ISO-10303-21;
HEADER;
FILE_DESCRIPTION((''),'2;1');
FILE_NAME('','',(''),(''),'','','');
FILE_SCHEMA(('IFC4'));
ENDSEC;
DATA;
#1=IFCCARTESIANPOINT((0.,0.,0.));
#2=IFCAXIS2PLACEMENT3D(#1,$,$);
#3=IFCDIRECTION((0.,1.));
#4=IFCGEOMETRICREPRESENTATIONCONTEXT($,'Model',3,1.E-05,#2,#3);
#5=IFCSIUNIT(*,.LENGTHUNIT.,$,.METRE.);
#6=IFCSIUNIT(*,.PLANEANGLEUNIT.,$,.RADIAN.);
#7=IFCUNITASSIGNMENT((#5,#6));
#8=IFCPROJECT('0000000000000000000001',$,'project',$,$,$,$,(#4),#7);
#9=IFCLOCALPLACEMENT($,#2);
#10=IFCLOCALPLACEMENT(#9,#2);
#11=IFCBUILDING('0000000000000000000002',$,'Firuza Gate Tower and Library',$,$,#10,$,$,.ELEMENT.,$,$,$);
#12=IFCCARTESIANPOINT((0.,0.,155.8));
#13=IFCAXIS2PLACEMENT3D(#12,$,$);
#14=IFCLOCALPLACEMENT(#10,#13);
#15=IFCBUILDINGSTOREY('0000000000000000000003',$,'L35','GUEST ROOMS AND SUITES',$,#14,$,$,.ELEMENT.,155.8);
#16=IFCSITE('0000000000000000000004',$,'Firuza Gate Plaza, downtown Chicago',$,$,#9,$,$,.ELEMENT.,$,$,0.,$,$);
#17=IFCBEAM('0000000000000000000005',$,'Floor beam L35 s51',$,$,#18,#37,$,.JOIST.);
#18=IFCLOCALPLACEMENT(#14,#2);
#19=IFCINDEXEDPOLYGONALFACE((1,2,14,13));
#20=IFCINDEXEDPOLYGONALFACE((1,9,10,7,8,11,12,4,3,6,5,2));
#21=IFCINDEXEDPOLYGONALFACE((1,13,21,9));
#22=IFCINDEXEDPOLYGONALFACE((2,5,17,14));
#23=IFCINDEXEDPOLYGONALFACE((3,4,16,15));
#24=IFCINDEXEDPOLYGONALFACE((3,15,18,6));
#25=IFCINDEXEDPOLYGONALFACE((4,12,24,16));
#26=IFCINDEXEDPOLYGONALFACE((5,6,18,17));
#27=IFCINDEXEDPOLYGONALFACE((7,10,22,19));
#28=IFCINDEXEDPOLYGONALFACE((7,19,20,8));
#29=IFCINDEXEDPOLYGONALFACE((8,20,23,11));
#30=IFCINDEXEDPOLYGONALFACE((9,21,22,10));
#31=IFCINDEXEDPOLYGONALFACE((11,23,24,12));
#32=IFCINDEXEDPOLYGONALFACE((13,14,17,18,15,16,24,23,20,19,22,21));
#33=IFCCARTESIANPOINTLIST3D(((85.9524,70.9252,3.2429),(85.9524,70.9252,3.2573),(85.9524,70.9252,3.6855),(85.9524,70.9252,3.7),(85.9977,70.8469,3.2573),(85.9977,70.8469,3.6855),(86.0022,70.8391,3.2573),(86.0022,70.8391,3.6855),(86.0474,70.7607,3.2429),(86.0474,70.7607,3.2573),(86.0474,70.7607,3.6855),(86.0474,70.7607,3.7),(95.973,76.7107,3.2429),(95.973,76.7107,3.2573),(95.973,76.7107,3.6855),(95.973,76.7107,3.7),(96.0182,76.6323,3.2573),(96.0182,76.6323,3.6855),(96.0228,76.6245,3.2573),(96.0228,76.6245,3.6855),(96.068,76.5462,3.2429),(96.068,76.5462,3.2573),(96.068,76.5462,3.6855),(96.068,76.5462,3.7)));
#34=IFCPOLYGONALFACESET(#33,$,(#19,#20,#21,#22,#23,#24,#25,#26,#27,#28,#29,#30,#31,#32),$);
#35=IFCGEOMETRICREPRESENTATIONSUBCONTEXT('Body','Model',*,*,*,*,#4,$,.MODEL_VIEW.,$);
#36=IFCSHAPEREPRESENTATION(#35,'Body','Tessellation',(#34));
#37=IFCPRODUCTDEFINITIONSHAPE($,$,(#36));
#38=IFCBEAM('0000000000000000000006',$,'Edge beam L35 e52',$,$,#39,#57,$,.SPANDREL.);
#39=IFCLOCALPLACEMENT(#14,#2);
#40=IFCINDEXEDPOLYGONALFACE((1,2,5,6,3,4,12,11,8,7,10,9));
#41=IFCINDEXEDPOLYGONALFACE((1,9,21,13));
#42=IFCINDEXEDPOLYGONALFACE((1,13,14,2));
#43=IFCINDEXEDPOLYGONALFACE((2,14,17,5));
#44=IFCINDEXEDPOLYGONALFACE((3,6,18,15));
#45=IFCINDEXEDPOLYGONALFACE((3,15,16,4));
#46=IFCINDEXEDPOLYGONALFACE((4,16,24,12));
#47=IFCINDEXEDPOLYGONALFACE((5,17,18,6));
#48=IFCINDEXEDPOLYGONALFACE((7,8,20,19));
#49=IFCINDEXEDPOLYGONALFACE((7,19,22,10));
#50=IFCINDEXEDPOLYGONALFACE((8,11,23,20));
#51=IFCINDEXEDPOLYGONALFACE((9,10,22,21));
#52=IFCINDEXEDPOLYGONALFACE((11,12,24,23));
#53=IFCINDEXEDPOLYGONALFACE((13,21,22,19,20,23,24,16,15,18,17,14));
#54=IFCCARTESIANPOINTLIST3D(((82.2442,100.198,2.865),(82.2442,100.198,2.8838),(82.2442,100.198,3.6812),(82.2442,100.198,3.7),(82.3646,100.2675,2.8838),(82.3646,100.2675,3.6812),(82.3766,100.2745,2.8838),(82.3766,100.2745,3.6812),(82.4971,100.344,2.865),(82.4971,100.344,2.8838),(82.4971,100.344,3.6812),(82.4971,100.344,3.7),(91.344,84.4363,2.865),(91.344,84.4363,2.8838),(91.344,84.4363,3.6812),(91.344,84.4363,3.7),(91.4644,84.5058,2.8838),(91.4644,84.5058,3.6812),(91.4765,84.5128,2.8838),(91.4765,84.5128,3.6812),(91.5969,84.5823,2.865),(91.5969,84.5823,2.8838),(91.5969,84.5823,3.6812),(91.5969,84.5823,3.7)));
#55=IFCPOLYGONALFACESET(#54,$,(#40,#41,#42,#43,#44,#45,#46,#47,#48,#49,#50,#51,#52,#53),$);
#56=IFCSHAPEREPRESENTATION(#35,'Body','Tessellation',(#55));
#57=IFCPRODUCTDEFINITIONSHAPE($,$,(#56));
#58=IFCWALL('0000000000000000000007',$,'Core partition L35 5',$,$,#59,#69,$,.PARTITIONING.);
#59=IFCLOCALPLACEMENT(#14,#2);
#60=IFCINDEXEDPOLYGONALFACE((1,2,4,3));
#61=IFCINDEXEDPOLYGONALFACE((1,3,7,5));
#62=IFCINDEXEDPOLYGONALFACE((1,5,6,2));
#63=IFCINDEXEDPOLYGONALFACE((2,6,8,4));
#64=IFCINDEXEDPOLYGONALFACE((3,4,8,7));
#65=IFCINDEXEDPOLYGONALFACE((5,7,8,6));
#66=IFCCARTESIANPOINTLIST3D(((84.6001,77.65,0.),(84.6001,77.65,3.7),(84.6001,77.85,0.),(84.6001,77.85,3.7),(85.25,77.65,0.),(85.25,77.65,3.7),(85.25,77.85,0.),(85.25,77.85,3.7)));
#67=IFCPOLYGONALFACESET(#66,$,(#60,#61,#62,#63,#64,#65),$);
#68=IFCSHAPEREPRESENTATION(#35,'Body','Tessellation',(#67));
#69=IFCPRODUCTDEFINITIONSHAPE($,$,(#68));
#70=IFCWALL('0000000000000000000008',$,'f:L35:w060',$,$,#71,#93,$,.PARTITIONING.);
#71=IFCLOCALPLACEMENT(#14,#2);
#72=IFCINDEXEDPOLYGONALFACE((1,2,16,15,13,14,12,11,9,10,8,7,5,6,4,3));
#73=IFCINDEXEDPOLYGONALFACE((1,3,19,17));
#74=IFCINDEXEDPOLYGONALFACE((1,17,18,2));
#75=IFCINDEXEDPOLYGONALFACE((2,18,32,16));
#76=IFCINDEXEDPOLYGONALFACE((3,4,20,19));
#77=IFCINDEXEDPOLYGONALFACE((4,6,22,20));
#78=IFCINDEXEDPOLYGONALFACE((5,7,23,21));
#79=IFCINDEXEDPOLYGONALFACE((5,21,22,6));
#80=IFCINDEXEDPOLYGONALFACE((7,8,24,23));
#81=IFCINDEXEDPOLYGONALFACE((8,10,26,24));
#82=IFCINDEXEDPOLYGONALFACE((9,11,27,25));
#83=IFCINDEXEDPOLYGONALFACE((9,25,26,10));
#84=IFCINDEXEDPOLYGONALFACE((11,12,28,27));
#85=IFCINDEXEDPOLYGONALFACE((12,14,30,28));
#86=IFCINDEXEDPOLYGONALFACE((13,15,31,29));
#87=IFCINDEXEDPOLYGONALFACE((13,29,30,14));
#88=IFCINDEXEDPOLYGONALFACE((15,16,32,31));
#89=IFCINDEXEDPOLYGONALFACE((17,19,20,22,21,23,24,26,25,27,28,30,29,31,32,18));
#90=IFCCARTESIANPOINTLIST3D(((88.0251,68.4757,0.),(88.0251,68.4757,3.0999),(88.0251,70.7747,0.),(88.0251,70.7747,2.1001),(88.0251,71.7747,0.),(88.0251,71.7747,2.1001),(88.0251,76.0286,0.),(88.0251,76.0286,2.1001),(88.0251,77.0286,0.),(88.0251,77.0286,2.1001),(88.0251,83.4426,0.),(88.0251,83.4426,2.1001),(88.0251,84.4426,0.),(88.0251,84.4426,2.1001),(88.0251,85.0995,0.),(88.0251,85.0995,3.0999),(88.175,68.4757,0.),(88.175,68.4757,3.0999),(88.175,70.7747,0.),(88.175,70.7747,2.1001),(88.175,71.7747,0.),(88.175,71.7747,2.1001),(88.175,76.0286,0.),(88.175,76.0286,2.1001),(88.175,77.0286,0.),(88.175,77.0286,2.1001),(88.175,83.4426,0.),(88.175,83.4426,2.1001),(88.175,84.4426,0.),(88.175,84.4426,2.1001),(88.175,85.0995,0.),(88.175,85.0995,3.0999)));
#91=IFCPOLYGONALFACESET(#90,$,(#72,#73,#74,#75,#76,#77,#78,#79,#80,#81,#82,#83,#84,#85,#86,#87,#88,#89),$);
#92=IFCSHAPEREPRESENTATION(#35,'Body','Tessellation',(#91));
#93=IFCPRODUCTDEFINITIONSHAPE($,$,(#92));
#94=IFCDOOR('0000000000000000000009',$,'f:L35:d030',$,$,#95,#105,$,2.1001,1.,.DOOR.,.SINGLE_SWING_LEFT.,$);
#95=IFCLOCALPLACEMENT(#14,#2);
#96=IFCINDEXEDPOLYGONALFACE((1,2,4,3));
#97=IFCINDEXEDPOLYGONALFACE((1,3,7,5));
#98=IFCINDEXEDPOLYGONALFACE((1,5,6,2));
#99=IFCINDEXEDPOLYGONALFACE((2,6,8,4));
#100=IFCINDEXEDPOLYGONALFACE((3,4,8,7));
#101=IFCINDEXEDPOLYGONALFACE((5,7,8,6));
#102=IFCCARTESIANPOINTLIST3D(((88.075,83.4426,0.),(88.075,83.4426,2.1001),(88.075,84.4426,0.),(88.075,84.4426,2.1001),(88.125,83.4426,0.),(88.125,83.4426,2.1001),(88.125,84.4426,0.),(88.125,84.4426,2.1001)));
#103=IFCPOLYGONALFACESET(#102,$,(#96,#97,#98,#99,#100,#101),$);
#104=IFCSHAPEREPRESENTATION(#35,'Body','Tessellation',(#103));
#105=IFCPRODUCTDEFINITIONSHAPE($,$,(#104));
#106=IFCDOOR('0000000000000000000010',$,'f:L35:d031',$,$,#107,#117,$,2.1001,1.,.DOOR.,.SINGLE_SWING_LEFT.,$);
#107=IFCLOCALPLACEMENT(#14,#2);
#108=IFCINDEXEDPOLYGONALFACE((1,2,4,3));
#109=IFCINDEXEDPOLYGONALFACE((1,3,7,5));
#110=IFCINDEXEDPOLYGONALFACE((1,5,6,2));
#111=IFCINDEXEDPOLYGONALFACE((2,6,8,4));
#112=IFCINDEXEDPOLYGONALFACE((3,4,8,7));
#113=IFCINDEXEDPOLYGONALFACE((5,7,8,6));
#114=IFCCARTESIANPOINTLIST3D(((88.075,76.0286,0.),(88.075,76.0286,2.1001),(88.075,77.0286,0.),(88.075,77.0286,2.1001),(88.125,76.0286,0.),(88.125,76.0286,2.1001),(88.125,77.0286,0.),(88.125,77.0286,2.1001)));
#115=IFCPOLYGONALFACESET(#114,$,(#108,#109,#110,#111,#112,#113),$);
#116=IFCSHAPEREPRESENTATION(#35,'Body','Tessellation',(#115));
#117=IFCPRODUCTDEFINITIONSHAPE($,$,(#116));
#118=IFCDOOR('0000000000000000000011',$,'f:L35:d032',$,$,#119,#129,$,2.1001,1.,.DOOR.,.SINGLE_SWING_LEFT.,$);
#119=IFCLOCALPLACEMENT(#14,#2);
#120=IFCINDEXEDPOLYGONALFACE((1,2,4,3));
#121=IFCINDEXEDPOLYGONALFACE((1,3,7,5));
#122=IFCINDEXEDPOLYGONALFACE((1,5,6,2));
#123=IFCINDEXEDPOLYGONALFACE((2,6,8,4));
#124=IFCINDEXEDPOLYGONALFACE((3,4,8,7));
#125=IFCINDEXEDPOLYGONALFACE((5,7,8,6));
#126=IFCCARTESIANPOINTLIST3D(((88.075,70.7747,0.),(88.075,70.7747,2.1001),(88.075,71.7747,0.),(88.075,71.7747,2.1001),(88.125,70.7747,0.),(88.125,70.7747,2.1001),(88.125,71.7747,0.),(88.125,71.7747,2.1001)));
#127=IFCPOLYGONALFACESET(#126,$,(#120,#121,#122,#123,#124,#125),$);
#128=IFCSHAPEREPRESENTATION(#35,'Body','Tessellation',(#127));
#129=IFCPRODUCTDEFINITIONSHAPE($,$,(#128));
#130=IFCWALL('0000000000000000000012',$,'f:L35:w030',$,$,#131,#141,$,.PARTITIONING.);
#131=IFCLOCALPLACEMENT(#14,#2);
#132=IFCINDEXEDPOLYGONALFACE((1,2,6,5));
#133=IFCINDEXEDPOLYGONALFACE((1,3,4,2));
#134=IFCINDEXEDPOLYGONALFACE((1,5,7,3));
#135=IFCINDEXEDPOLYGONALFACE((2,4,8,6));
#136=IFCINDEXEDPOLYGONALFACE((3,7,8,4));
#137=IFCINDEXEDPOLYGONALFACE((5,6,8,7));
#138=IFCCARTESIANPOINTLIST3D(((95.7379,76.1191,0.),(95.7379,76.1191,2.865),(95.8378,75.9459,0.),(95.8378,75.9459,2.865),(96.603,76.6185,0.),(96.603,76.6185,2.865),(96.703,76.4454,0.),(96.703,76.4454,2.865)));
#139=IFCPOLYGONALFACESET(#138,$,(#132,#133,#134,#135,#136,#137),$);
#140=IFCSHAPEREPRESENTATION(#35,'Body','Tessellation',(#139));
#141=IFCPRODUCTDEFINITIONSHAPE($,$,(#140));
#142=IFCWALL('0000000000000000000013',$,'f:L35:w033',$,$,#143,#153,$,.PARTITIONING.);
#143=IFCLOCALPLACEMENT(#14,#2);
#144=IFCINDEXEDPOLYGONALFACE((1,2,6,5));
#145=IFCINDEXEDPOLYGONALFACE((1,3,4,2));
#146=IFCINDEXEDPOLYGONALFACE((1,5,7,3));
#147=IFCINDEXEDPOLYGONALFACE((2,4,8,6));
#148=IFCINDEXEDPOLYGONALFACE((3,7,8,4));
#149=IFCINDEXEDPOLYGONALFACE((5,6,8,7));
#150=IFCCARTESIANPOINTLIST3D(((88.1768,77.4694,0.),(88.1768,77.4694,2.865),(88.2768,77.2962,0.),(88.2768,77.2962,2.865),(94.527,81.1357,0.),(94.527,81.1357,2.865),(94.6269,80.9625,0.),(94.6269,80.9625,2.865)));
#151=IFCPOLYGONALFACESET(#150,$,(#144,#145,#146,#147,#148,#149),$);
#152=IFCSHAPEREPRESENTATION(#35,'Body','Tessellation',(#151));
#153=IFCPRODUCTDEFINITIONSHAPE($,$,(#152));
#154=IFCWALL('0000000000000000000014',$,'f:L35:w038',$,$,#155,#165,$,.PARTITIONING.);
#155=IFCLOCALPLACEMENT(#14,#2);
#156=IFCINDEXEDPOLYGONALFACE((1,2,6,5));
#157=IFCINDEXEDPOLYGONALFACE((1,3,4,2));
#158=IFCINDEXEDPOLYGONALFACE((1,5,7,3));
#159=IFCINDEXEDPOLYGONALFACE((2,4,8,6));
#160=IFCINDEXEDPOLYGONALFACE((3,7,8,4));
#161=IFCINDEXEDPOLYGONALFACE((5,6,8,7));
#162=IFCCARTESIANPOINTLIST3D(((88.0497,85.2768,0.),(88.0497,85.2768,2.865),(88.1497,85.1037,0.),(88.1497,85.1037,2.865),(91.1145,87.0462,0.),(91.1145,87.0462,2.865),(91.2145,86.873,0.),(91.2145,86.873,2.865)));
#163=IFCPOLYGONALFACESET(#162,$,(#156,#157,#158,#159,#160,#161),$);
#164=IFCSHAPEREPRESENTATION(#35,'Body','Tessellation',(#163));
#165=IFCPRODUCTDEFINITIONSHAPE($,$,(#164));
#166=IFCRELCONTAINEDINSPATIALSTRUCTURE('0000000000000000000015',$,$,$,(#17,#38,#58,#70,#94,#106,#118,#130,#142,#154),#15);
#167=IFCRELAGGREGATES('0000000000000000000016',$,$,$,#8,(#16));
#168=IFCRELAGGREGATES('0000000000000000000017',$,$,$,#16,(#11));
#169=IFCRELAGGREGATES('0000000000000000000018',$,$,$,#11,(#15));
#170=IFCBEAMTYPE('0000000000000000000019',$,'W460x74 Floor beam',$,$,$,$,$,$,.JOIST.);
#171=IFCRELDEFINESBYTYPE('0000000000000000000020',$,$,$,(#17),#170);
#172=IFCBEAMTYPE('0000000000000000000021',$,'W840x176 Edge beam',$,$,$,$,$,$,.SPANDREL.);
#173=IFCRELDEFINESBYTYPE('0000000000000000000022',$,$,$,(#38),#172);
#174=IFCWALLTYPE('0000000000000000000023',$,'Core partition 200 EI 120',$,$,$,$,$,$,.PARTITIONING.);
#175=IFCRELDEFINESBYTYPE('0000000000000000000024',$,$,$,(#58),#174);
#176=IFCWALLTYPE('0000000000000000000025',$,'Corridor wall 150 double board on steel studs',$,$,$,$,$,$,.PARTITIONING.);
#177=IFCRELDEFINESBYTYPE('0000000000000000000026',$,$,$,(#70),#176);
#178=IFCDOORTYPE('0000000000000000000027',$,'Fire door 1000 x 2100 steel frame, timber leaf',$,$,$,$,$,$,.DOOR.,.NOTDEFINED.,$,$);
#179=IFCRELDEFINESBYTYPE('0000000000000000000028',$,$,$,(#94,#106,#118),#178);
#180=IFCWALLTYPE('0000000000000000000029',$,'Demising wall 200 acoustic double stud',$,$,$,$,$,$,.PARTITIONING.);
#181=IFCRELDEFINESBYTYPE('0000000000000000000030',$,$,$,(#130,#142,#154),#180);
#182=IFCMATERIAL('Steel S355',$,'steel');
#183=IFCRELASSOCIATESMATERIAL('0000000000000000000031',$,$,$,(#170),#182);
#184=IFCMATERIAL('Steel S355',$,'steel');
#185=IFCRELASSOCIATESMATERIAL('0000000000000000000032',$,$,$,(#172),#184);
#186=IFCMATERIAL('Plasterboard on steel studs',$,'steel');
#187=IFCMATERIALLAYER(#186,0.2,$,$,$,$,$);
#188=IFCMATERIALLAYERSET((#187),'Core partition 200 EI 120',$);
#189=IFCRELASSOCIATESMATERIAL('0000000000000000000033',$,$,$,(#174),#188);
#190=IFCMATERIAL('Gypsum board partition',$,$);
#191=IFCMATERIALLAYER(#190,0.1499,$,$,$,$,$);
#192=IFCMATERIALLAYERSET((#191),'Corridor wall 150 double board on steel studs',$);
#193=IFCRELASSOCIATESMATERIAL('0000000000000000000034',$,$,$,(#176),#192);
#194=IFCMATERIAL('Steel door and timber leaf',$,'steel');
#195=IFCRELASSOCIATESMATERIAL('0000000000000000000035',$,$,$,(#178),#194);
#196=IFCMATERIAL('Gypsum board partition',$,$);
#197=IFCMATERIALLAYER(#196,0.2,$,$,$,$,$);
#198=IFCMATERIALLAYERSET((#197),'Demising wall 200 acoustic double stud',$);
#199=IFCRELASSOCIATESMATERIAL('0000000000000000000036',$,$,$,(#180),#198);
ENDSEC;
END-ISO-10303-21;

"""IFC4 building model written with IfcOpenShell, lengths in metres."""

from ifc_helpers import new_model, si_unit, direction, frame, frame_2d, origin, origin_2d, place, context, subcontext, project, spatial, rectangle, i_section, extrude, material, layer, layer_set, material_profile, profile_set, type_object, element, fill, save


model = new_model("IFC4")

# Units and contexts
model_context = context("Model", 3, precision=1e-05, world=origin(), true_north=direction((0.0, 1.0)))
body_context = subcontext(model_context, "Body", "Model", "MODEL_VIEW")
ifc_project = project(units=[si_unit("LENGTHUNIT", "METRE"), si_unit("PLANEANGLEUNIT", "RADIAN")], contexts=[model_context])

# Site, building, storey
site_placement = place(None, origin())
site = spatial("IfcSite", under=ifc_project, at=site_placement, Name="Firuza Gate Plaza, downtown Chicago", CompositionType="ELEMENT", RefElevation=0.0)
building_placement = place(site_placement, origin())
building = spatial("IfcBuilding", under=site, at=building_placement, Name="Firuza Gate Tower and Library", CompositionType="ELEMENT")
storey_placement = place(building_placement, frame((0.0, 0.0, 155.8)))
storey = spatial("IfcBuildingStorey", under=building, at=storey_placement, Name="L35", Description="GUEST ROOMS AND SUITES", CompositionType="ELEMENT", Elevation=155.8)

# Beams
ifc_material_1 = material(Name="Steel S355", Category="steel")
ifc_material_profile_1 = material_profile(ifc_material_1, i_section(OverallWidth=0.1899, OverallDepth=0.457, WebThickness=0.009, FlangeThickness=0.0144, at=origin_2d()))
ifc_profile_set_1 = profile_set([ifc_material_profile_1], Name="Steel S355")
beam_type_1 = type_object("IfcBeamType", Name="W460x74 Floor beam", PredefinedType="JOIST", material=ifc_profile_set_1)
beam_1_placement = place(storey_placement, frame((96.0205, 76.6284, 3.4714), z_axis=(-0.866023, -0.500004, 0.0), x_axis=(0.500004, -0.866023, 0.0)))
element("IfcBeam", 1, at=beam_1_placement, inside=storey, type_object=beam_type_1, Name="Floor beam L35 s51", PredefinedType="JOIST", context=body_context, shape_type="SweptSolid", body=[
    extrude(i_section(OverallWidth=0.1899, OverallDepth=0.457, WebThickness=0.009, FlangeThickness=0.0144, at=origin_2d()), origin(), (0.0, 0.0, 1.0), 11.5708),
])
ifc_material_2 = material(Name="Steel S355", Category="steel")
ifc_material_profile_2 = material_profile(ifc_material_2, i_section(OverallWidth=0.292, OverallDepth=0.835, WebThickness=0.0139, FlangeThickness=0.0188, at=origin_2d()))
ifc_profile_set_2 = profile_set([ifc_material_profile_2], Name="Steel S355")
beam_type_2 = type_object("IfcBeamType", Name="W840x176 Edge beam", PredefinedType="SPANDREL", material=ifc_profile_set_2)
beam_2_placement = place(storey_placement, frame((91.4705, 84.5093, 3.2825), z_axis=(-0.499993, 0.86603, 0.0), x_axis=(-0.86603, -0.499993, 0.0)))
element("IfcBeam", 2, at=beam_2_placement, inside=storey, type_object=beam_type_2, Name="Edge beam L35 e52", PredefinedType="SPANDREL", context=body_context, shape_type="SweptSolid", body=[
    extrude(i_section(OverallWidth=0.292, OverallDepth=0.835, WebThickness=0.0139, FlangeThickness=0.0188, at=origin_2d()), origin(), (0.0, 0.0, 1.0), 18.2),
])

# Wall
ifc_material_3 = material(Name="Plasterboard on steel studs", Category="steel")
ifc_layer_1 = layer(ifc_material_3, 0.2)
ifc_layer_set_1 = layer_set([ifc_layer_1], Name="Core partition 200 EI 120")
wall_type_1 = type_object("IfcWallType", Name="Core partition 200 EI 120", PredefinedType="PARTITIONING", material=ifc_layer_set_1)
wall_1_placement = place(storey_placement, frame((84.6001, 77.75, 0.0), z_axis=(0.0, 0.0, 1.0), x_axis=(1.0, 0.0, 0.0)))
element("IfcWall", 3, at=wall_1_placement, inside=storey, type_object=wall_type_1, Name="Core partition L35 5", PredefinedType="PARTITIONING", context=body_context, shape_type="SweptSolid", body=[
    extrude(rectangle(XDim=0.6499, YDim=0.2, at=frame_2d((0.325, 0.0))), origin(), (0.0, 0.0, 1.0), 3.7),
])

# Wall, openings, doors
ifc_material_4 = material(Name="Gypsum board partition")
ifc_layer_2 = layer(ifc_material_4, 0.1499)
ifc_layer_set_2 = layer_set([ifc_layer_2], Name="Corridor wall 150 double board on steel studs")
wall_type_2 = type_object("IfcWallType", Name="Corridor wall 150 double board on steel studs", PredefinedType="PARTITIONING", material=ifc_layer_set_2)
wall_2_placement = place(storey_placement, frame((88.1001, 85.0996, 0.0), z_axis=(0.0, 0.0, 1.0), x_axis=(0.0, -1.0, 0.0)))
wall_2 = element("IfcWall", 4, at=wall_2_placement, inside=storey, type_object=wall_type_2, Name="f:L35:w060", PredefinedType="PARTITIONING", context=body_context, shape_type="SweptSolid", body=[
    extrude(rectangle(XDim=16.6238, YDim=0.1499, at=frame_2d((8.312, 0.0))), origin(), (0.0, 0.0, 1.0), 3.0999),
])
opening_1_placement = place(wall_2_placement, frame((0.657, 0.0, 0.0)))
opening_1 = element("IfcOpeningElement", 5, at=opening_1_placement, cuts=wall_2, PredefinedType="OPENING", context=body_context, shape_type="SweptSolid", body=[
    extrude(rectangle(XDim=1.0, YDim=2.1001, at=frame_2d((0.5, 1.05))), frame((0.0, 0.085, 0.0), z_axis=(0.0, -1.0, 0.0), x_axis=(1.0, 0.0, 0.0)), (0.0, 0.0, 1.0), 0.1699),
])
opening_2_placement = place(wall_2_placement, frame((8.071, 0.0, 0.0)))
opening_2 = element("IfcOpeningElement", 6, at=opening_2_placement, cuts=wall_2, PredefinedType="OPENING", context=body_context, shape_type="SweptSolid", body=[
    extrude(rectangle(XDim=1.0, YDim=2.1001, at=frame_2d((0.5, 1.05))), frame((0.0, 0.085, 0.0), z_axis=(0.0, -1.0, 0.0), x_axis=(1.0, 0.0, 0.0)), (0.0, 0.0, 1.0), 0.1699),
])
opening_3_placement = place(wall_2_placement, frame((13.325, 0.0, 0.0)))
opening_3 = element("IfcOpeningElement", 7, at=opening_3_placement, cuts=wall_2, PredefinedType="OPENING", context=body_context, shape_type="SweptSolid", body=[
    extrude(rectangle(XDim=1.0, YDim=2.1001, at=frame_2d((0.5, 1.05))), frame((0.0, 0.085, 0.0), z_axis=(0.0, -1.0, 0.0), x_axis=(1.0, 0.0, 0.0)), (0.0, 0.0, 1.0), 0.1699),
])
ifc_material_5 = material(Name="Steel door and timber leaf", Category="steel")
door_type_1 = type_object("IfcDoorType", Name="Fire door 1000 x 2100 steel frame, timber leaf", OperationType="NOTDEFINED", PredefinedType="DOOR", material=ifc_material_5)
door_1_placement = place(opening_1_placement, origin())
door_1 = element("IfcDoor", 8, at=door_1_placement, inside=storey, type_object=door_type_1, Name="f:L35:d030", OperationType="SINGLE_SWING_LEFT", OverallHeight=2.1001, OverallWidth=1.0, PredefinedType="DOOR", context=body_context, shape_type="SweptSolid", body=[
    extrude(rectangle(XDim=1.0, YDim=2.1001, at=frame_2d((0.5, 1.05))), frame((0.0, 0.0249, 0.0), z_axis=(0.0, -1.0, 0.0), x_axis=(1.0, 0.0, 0.0)), (0.0, 0.0, 1.0), 0.05),
])
fill(opening_1, door_1)
door_2_placement = place(opening_2_placement, origin())
door_2 = element("IfcDoor", 9, at=door_2_placement, inside=storey, type_object=door_type_1, Name="f:L35:d031", OperationType="SINGLE_SWING_LEFT", OverallHeight=2.1001, OverallWidth=1.0, PredefinedType="DOOR", context=body_context, shape_type="SweptSolid", body=[
    extrude(rectangle(XDim=1.0, YDim=2.1001, at=frame_2d((0.5, 1.05))), frame((0.0, 0.0249, 0.0), z_axis=(0.0, -1.0, 0.0), x_axis=(1.0, 0.0, 0.0)), (0.0, 0.0, 1.0), 0.05),
])
fill(opening_2, door_2)
door_3_placement = place(opening_3_placement, origin())
door_3 = element("IfcDoor", 10, at=door_3_placement, inside=storey, type_object=door_type_1, Name="f:L35:d032", OperationType="SINGLE_SWING_LEFT", OverallHeight=2.1001, OverallWidth=1.0, PredefinedType="DOOR", context=body_context, shape_type="SweptSolid", body=[
    extrude(rectangle(XDim=1.0, YDim=2.1001, at=frame_2d((0.5, 1.05))), frame((0.0, 0.0249, 0.0), z_axis=(0.0, -1.0, 0.0), x_axis=(1.0, 0.0, 0.0)), (0.0, 0.0, 1.0), 0.05),
])
fill(opening_3, door_3)

# Walls
ifc_material_6 = material(Name="Gypsum board partition")
ifc_layer_3 = layer(ifc_material_6, 0.2)
ifc_layer_set_3 = layer_set([ifc_layer_3], Name="Demising wall 200 acoustic double stud")
wall_type_3 = type_object("IfcWallType", Name="Demising wall 200 acoustic double stud", PredefinedType="PARTITIONING", material=ifc_layer_set_3)
wall_3_placement = place(storey_placement, frame((95.7878, 76.0325, 0.0), z_axis=(0.0, 0.0, 1.0), x_axis=(0.866039, 0.499976, 0.0)))
element("IfcWall", 11, at=wall_3_placement, inside=storey, type_object=wall_type_3, Name="f:L35:w030", PredefinedType="PARTITIONING", context=body_context, shape_type="SweptSolid", body=[
    extrude(rectangle(XDim=0.999, YDim=0.2, at=frame_2d((0.4995, 0.0))), origin(), (0.0, 0.0, 1.0), 2.865),
])
wall_4_placement = place(storey_placement, frame((88.2268, 77.3828, 0.0), z_axis=(0.0, 0.0, 1.0), x_axis=(0.866024, 0.500003, 0.0)))
element("IfcWall", 12, at=wall_4_placement, inside=storey, type_object=wall_type_3, Name="f:L35:w033", PredefinedType="PARTITIONING", context=body_context, shape_type="SweptSolid", body=[
    extrude(rectangle(XDim=7.3325, YDim=0.2, at=frame_2d((3.6663, 0.0))), origin(), (0.0, 0.0, 1.0), 2.865),
])
wall_5_placement = place(storey_placement, frame((88.0996, 85.1902, 0.0), z_axis=(0.0, 0.0, 1.0), x_axis=(0.86604, 0.499975, 0.0)))
element("IfcWall", 13, at=wall_5_placement, inside=storey, type_object=wall_type_3, Name="f:L35:w038", PredefinedType="PARTITIONING", context=body_context, shape_type="SweptSolid", body=[
    extrude(rectangle(XDim=3.5388, YDim=0.2, at=frame_2d((1.7695, 0.0))), origin(), (0.0, 0.0, 1.0), 2.865),
])

save(model, "model.ifc")
